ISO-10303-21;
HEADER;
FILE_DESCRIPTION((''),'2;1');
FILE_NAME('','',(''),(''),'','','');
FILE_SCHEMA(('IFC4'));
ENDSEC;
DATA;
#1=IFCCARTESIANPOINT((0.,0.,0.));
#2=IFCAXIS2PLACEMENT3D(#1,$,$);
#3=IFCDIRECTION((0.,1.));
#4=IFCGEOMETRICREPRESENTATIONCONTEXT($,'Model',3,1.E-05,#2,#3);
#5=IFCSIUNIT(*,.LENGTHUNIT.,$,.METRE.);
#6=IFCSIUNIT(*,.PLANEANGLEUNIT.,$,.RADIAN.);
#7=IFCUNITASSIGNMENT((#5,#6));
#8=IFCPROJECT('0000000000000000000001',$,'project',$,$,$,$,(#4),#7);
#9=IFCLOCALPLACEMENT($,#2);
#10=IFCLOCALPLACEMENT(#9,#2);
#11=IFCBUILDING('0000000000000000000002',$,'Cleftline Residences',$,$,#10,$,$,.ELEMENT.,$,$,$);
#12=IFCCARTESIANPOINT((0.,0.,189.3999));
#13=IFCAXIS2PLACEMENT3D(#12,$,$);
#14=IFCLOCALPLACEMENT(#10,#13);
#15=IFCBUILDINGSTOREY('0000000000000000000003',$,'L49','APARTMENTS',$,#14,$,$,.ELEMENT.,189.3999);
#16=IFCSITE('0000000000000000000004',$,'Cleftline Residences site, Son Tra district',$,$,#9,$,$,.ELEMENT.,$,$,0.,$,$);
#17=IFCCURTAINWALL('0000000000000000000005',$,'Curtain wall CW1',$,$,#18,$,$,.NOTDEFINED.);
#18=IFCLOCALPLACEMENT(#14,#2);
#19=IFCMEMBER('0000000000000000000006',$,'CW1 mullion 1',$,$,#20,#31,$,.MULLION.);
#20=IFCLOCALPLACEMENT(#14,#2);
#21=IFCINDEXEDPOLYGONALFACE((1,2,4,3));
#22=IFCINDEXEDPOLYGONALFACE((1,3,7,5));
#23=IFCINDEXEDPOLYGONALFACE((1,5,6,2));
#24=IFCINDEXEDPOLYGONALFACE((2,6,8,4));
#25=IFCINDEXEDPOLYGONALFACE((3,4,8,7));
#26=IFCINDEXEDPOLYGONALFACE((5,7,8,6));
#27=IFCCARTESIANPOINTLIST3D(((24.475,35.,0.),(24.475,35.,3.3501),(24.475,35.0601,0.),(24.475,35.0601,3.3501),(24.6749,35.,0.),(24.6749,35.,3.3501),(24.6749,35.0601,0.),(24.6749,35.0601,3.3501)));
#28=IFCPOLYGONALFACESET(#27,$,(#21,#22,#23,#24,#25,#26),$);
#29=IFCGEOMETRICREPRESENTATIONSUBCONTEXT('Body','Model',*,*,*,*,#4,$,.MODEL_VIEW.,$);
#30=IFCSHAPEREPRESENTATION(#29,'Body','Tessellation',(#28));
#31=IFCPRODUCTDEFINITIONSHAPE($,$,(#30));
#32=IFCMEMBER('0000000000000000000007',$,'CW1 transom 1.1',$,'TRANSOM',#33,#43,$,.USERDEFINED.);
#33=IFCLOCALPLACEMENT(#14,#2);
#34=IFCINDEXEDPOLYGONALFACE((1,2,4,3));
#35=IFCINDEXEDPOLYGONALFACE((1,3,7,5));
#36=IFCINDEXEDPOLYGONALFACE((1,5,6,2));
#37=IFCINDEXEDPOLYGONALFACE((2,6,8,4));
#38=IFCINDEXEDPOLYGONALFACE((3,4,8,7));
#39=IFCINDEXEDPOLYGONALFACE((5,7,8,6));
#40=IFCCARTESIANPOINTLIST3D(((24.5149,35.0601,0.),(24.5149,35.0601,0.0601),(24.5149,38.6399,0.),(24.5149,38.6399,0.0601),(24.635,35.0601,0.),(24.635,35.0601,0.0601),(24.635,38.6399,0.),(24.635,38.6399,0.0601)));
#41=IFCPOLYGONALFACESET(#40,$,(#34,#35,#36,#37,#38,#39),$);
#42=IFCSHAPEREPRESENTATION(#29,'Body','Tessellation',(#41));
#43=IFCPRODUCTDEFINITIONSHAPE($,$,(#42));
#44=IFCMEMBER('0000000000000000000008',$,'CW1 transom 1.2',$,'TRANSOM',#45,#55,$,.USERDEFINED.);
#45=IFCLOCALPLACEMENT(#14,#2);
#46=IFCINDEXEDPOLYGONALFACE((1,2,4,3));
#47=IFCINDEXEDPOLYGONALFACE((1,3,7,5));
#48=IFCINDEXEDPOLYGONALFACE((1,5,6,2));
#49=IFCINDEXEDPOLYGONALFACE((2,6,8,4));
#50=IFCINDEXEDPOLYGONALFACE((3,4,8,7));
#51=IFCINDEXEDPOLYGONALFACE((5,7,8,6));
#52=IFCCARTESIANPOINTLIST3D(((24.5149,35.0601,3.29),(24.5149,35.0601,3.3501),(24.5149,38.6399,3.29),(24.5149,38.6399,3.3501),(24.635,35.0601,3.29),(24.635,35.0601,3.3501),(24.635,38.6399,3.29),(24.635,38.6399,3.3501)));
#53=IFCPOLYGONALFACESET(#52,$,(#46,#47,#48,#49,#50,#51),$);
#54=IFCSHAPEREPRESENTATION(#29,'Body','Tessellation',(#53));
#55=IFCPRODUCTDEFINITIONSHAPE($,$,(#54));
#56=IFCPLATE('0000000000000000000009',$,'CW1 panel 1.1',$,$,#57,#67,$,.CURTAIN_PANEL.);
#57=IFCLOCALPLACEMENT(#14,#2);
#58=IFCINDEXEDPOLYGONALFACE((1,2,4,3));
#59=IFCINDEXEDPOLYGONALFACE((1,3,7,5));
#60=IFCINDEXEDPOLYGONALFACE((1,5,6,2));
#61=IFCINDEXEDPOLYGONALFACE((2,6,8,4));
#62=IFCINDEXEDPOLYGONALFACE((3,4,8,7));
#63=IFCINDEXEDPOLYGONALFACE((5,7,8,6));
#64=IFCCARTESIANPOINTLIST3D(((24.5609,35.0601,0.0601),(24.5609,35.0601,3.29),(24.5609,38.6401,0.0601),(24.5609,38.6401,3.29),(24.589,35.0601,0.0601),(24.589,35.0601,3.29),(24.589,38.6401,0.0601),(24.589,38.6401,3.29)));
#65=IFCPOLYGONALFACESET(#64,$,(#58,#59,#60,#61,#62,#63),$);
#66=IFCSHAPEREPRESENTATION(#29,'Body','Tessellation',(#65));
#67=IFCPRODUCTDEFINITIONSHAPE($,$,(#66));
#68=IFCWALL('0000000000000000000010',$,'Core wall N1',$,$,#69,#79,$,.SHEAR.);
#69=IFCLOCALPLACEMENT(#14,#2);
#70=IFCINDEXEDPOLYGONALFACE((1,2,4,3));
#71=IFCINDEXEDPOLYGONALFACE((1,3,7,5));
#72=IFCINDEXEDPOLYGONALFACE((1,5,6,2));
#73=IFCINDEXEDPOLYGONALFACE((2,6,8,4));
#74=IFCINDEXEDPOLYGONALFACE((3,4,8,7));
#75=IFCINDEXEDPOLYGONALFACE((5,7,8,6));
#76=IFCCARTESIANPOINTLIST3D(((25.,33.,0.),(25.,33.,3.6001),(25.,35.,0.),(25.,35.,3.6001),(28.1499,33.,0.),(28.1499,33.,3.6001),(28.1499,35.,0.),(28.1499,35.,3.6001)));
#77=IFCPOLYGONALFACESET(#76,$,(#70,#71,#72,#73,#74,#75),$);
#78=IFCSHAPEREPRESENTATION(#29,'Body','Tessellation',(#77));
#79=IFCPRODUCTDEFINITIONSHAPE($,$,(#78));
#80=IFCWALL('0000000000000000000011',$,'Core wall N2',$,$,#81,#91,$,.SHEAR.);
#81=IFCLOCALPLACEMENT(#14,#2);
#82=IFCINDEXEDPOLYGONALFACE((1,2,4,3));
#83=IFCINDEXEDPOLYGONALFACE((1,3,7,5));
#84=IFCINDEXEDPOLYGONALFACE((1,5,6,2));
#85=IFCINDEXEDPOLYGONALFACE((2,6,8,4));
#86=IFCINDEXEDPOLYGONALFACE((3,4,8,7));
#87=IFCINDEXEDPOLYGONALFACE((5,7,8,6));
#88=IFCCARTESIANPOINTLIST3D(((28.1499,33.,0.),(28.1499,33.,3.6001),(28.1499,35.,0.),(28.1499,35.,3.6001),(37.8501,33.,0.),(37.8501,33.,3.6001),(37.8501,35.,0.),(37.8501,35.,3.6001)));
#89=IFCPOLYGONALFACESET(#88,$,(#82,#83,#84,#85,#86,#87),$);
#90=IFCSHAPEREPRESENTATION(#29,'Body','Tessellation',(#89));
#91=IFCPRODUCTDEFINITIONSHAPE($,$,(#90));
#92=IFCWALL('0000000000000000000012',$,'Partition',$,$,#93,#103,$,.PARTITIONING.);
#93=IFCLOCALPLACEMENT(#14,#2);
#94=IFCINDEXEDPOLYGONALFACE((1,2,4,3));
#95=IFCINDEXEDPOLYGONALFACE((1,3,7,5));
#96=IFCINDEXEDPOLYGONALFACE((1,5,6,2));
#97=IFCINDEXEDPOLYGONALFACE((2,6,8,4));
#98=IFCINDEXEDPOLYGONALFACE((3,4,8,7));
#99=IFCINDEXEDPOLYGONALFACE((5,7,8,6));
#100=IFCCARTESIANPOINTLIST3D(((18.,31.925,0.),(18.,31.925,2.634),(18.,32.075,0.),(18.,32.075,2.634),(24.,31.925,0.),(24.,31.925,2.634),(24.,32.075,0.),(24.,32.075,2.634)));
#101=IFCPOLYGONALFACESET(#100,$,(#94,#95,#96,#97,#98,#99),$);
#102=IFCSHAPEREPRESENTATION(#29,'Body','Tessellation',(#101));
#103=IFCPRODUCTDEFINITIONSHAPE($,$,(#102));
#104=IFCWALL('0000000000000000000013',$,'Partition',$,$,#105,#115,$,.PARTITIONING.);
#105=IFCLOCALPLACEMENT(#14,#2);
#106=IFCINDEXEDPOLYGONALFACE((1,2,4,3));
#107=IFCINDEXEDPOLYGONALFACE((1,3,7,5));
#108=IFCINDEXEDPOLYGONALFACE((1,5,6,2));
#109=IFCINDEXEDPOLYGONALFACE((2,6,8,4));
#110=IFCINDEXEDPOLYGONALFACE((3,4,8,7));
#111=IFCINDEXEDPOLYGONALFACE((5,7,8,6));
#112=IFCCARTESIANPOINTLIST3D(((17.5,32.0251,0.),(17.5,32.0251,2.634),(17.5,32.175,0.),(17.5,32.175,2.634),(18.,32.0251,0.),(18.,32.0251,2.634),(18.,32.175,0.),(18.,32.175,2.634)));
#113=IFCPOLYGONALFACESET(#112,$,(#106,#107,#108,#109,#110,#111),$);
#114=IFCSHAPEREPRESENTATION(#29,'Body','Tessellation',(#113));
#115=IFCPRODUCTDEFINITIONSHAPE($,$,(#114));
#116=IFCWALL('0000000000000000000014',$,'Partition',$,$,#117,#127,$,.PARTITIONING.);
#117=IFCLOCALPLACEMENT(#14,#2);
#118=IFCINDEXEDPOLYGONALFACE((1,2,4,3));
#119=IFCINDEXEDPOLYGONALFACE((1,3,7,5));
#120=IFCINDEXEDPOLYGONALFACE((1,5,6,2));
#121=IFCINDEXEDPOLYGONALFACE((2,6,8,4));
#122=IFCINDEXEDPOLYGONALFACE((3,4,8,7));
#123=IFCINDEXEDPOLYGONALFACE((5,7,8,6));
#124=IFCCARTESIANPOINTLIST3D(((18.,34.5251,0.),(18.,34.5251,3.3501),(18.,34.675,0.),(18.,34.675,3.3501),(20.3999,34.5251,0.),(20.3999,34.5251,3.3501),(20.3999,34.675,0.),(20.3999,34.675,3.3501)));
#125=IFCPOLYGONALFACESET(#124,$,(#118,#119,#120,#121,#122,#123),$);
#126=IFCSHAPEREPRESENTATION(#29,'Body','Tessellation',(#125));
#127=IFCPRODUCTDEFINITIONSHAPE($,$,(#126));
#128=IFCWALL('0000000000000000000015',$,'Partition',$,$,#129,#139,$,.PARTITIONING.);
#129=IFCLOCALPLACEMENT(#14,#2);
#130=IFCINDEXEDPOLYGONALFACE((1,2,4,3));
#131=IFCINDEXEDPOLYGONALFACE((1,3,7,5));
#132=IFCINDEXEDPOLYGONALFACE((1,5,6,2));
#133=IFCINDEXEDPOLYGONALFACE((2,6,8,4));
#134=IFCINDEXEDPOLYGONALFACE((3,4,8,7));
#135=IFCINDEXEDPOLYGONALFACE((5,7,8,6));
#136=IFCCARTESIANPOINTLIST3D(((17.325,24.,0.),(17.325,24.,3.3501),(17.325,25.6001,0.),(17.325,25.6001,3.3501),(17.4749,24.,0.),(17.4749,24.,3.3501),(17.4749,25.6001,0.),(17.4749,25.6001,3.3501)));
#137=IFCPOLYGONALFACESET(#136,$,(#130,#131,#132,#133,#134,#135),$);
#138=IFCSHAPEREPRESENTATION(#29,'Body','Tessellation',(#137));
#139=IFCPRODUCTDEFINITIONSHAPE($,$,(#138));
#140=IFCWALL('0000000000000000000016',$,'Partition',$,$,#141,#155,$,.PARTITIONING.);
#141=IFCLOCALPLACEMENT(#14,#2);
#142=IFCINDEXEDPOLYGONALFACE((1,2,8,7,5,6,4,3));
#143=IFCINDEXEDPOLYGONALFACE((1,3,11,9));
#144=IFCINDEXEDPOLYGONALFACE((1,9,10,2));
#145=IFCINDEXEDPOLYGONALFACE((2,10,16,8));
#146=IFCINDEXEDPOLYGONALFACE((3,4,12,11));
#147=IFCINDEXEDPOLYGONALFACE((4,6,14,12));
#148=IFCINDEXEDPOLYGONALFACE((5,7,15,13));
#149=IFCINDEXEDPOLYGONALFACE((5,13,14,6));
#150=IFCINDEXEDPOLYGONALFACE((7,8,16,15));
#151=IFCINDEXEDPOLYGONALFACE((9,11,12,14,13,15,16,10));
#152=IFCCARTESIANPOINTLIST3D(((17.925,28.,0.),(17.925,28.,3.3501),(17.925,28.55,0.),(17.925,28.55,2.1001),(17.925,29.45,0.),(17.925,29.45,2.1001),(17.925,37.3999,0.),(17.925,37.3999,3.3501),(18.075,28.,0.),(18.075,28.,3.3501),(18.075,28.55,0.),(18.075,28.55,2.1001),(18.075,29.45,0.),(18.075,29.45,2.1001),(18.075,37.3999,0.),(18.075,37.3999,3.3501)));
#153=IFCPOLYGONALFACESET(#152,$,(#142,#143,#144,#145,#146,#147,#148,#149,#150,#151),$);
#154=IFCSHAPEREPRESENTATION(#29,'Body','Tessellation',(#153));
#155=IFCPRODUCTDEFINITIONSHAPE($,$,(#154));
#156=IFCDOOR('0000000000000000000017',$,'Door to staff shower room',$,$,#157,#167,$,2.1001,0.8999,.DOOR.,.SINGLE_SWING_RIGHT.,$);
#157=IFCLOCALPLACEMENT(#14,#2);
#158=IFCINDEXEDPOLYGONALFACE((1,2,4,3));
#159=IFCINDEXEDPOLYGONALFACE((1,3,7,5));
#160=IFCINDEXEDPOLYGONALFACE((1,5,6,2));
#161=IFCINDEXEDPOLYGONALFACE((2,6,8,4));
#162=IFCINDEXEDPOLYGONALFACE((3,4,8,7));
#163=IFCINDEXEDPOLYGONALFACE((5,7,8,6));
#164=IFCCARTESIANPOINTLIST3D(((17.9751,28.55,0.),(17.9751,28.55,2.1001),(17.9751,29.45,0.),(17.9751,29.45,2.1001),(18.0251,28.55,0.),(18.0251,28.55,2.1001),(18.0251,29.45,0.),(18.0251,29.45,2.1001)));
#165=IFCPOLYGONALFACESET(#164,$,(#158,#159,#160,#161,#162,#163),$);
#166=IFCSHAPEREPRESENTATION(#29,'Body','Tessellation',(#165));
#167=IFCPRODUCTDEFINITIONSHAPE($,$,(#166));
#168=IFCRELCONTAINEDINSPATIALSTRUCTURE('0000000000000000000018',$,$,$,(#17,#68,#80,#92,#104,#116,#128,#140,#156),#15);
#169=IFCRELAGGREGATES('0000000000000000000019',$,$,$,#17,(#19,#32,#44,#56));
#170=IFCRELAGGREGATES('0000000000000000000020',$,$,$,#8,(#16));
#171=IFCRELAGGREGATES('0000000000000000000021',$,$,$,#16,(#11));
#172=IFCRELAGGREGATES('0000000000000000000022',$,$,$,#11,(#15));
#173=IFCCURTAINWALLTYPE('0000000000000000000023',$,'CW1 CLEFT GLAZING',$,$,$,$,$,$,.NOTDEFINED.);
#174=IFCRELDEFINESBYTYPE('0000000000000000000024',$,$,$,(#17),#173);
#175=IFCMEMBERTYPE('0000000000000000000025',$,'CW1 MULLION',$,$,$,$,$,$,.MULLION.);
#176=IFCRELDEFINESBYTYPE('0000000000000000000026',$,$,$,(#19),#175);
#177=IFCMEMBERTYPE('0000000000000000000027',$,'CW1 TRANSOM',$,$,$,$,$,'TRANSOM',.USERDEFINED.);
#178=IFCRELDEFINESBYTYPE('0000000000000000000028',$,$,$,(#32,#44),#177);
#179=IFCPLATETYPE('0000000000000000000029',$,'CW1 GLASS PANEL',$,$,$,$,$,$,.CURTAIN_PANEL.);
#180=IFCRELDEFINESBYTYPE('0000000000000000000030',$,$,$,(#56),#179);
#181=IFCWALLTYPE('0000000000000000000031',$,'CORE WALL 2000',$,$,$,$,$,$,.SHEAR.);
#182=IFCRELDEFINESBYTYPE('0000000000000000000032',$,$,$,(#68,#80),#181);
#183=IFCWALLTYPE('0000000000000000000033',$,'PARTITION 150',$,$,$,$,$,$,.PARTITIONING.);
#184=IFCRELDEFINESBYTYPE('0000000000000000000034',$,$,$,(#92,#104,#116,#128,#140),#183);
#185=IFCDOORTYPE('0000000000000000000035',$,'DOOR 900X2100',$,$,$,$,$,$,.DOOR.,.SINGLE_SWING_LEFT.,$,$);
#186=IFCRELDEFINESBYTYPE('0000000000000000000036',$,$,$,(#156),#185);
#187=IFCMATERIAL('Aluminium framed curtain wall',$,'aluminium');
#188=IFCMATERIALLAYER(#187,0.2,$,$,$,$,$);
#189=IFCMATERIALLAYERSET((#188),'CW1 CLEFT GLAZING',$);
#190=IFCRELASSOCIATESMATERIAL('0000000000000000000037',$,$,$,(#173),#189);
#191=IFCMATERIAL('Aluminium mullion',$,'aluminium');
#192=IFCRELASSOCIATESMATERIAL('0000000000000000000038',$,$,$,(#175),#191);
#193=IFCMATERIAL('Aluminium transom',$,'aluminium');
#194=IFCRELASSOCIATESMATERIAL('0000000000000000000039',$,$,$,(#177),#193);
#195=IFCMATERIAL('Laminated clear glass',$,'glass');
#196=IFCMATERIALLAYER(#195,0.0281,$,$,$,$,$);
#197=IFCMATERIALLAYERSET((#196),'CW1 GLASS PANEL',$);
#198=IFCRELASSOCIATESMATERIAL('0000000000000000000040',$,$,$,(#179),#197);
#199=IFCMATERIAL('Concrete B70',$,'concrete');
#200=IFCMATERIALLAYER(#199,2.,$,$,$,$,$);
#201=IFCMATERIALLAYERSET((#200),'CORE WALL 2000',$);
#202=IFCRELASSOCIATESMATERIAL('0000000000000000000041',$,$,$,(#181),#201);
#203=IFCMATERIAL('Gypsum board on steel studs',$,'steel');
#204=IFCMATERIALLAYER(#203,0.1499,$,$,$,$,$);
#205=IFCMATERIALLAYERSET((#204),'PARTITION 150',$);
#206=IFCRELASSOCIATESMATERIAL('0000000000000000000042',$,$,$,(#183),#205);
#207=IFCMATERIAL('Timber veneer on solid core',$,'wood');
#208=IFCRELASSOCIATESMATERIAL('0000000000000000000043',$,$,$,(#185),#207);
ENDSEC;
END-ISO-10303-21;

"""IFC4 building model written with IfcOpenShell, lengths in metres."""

from ifc_helpers import new_model, si_unit, direction, frame, frame_2d, origin, origin_2d, place, context, subcontext, project, spatial, rectangle, extrude, material, layer, layer_set, material_profile, profile_set, type_object, element, fill, aggregate, save


model = new_model("IFC4")

# Units and contexts
model_context = context("Model", 3, precision=1e-05, world=origin(), true_north=direction((0.0, 1.0)))
body_context = subcontext(model_context, "Body", "Model", "MODEL_VIEW")
ifc_project = project(units=[si_unit("LENGTHUNIT", "METRE"), si_unit("PLANEANGLEUNIT", "RADIAN")], contexts=[model_context])

# Site, building, storey
site_placement = place(None, origin())
site = spatial("IfcSite", under=ifc_project, at=site_placement, Name="Cleftline Residences site, Son Tra district", CompositionType="ELEMENT", RefElevation=0.0)
building_placement = place(site_placement, origin())
building = spatial("IfcBuilding", under=site, at=building_placement, Name="Cleftline Residences", CompositionType="ELEMENT")
storey_placement = place(building_placement, frame((0.0, 0.0, 189.3999)))
storey = spatial("IfcBuildingStorey", under=building, at=storey_placement, Name="L49", Description="APARTMENTS", CompositionType="ELEMENT", Elevation=189.3999)

# Curtain wall, members, plate
ifc_material_1 = material(Name="Aluminium framed curtain wall", Category="aluminium")
ifc_layer_1 = layer(ifc_material_1, 0.2)
ifc_layer_set_1 = layer_set([ifc_layer_1], Name="CW1 CLEFT GLAZING")
curtain_wall_type = type_object("IfcCurtainWallType", Name="CW1 CLEFT GLAZING", PredefinedType="NOTDEFINED", material=ifc_layer_set_1)
curtain_wall_placement = place(storey_placement, origin())
curtain_wall = element("IfcCurtainWall", 1, at=curtain_wall_placement, inside=storey, type_object=curtain_wall_type, Name="Curtain wall CW1", PredefinedType="NOTDEFINED")
ifc_material_2 = material(Name="Aluminium mullion", Category="aluminium")
ifc_material_profile_1 = material_profile(ifc_material_2, rectangle(XDim=0.2, YDim=0.0601, at=origin_2d()))
ifc_profile_set_1 = profile_set([ifc_material_profile_1], Name="Aluminium mullion")
member_type_1 = type_object("IfcMemberType", Name="CW1 MULLION", PredefinedType="MULLION", material=ifc_profile_set_1)
member_1_placement = place(storey_placement, frame((24.575, 35.03, 0.0), z_axis=(0.0, 0.0, 1.0), x_axis=(-1.0, 0.0, 0.0)))
member_1 = element("IfcMember", 2, at=member_1_placement, type_object=member_type_1, Name="CW1 mullion 1", PredefinedType="MULLION", context=body_context, shape_type="SweptSolid", body=[
    extrude(rectangle(XDim=0.2, YDim=0.0601, at=origin_2d()), origin(), (0.0, 0.0, 1.0), 3.3501),
])
ifc_material_3 = material(Name="Aluminium transom", Category="aluminium")
ifc_material_profile_2 = material_profile(ifc_material_3, rectangle(XDim=0.1201, YDim=0.0601, at=origin_2d()))
ifc_profile_set_2 = profile_set([ifc_material_profile_2], Name="Aluminium transom")
member_type_2 = type_object("IfcMemberType", Name="CW1 TRANSOM", ElementType="TRANSOM", PredefinedType="USERDEFINED", material=ifc_profile_set_2)
member_2_placement = place(storey_placement, frame((24.575, 35.0601, 0.03), z_axis=(0.0, 1.0, 0.0), x_axis=(-1.0, 0.0, 0.0)))
member_2 = element("IfcMember", 3, at=member_2_placement, type_object=member_type_2, Name="CW1 transom 1.1", ObjectType="TRANSOM", PredefinedType="USERDEFINED", context=body_context, shape_type="SweptSolid", body=[
    extrude(rectangle(XDim=0.1201, YDim=0.0601, at=origin_2d()), origin(), (0.0, 0.0, 1.0), 3.5798),
])
member_3_placement = place(storey_placement, frame((24.575, 35.0601, 3.3201), z_axis=(0.0, 1.0, 0.0), x_axis=(-1.0, 0.0, 0.0)))
member_3 = element("IfcMember", 4, at=member_3_placement, type_object=member_type_2, Name="CW1 transom 1.2", ObjectType="TRANSOM", PredefinedType="USERDEFINED", context=body_context, shape_type="SweptSolid", body=[
    extrude(rectangle(XDim=0.1201, YDim=0.0601, at=origin_2d()), origin(), (0.0, 0.0, 1.0), 3.5798),
])
ifc_material_4 = material(Name="Laminated clear glass", Category="glass")
ifc_layer_2 = layer(ifc_material_4, 0.0281)
ifc_layer_set_2 = layer_set([ifc_layer_2], Name="CW1 GLASS PANEL")
plate_type = type_object("IfcPlateType", Name="CW1 GLASS PANEL", PredefinedType="CURTAIN_PANEL", material=ifc_layer_set_2)
plate_placement = place(storey_placement, frame((24.575, 36.8501, 0.0601), z_axis=(0.0, 0.0, 1.0), x_axis=(0.0, 1.0, 0.0)))
plate = element("IfcPlate", 5, at=plate_placement, type_object=plate_type, Name="CW1 panel 1.1", PredefinedType="CURTAIN_PANEL", context=body_context, shape_type="SweptSolid", body=[
    extrude(rectangle(XDim=3.5801, YDim=0.0281, at=origin_2d()), origin(), (0.0, 0.0, 1.0), 3.23),
])
aggregate(curtain_wall, [member_1, member_2, member_3, plate])

# Walls
ifc_material_5 = material(Name="Concrete B70", Category="concrete")
ifc_layer_3 = layer(ifc_material_5, 2.0)
ifc_layer_set_3 = layer_set([ifc_layer_3], Name="CORE WALL 2000")
wall_type_1 = type_object("IfcWallType", Name="CORE WALL 2000", PredefinedType="SHEAR", material=ifc_layer_set_3)
wall_1_placement = place(storey_placement, frame((25.0, 34.0, 0.0), z_axis=(0.0, 0.0, 1.0), x_axis=(1.0, 0.0, 0.0)))
element("IfcWall", 6, at=wall_1_placement, inside=storey, type_object=wall_type_1, Name="Core wall N1", PredefinedType="SHEAR", context=body_context, shape_type="SweptSolid", body=[
    extrude(rectangle(XDim=3.1499, YDim=2.0, at=frame_2d((1.575, 0.0))), origin(), (0.0, 0.0, 1.0), 3.6001),
])
wall_2_placement = place(storey_placement, frame((28.1499, 34.0, 0.0), z_axis=(0.0, 0.0, 1.0), x_axis=(1.0, 0.0, 0.0)))
element("IfcWall", 7, at=wall_2_placement, inside=storey, type_object=wall_type_1, Name="Core wall N2", PredefinedType="SHEAR", context=body_context, shape_type="SweptSolid", body=[
    extrude(rectangle(XDim=9.7002, YDim=2.0, at=frame_2d((4.8501, 0.0))), origin(), (0.0, 0.0, 1.0), 3.6001),
])
ifc_material_6 = material(Name="Gypsum board on steel studs", Category="steel")
ifc_layer_4 = layer(ifc_material_6, 0.1499)
ifc_layer_set_4 = layer_set([ifc_layer_4], Name="PARTITION 150")
wall_type_2 = type_object("IfcWallType", Name="PARTITION 150", PredefinedType="PARTITIONING", material=ifc_layer_set_4)
wall_3_placement = place(storey_placement, frame((18.0, 32.0, 0.0), z_axis=(0.0, 0.0, 1.0), x_axis=(1.0, 0.0, 0.0)))
element("IfcWall", 8, at=wall_3_placement, inside=storey, type_object=wall_type_2, Name="Partition", PredefinedType="PARTITIONING", context=body_context, shape_type="SweptSolid", body=[
    extrude(rectangle(XDim=6.0, YDim=0.1499, at=frame_2d((3.0, 0.0))), origin(), (0.0, 0.0, 1.0), 2.634),
])
wall_4_placement = place(storey_placement, frame((17.5, 32.1001, 0.0), z_axis=(0.0, 0.0, 1.0), x_axis=(1.0, 0.0, 0.0)))
element("IfcWall", 9, at=wall_4_placement, inside=storey, type_object=wall_type_2, Name="Partition", PredefinedType="PARTITIONING", context=body_context, shape_type="SweptSolid", body=[
    extrude(rectangle(XDim=0.5, YDim=0.1499, at=frame_2d((0.25, 0.0))), origin(), (0.0, 0.0, 1.0), 2.634),
])
wall_5_placement = place(storey_placement, frame((18.0, 34.6001, 0.0), z_axis=(0.0, 0.0, 1.0), x_axis=(1.0, 0.0, 0.0)))
element("IfcWall", 10, at=wall_5_placement, inside=storey, type_object=wall_type_2, Name="Partition", PredefinedType="PARTITIONING", context=body_context, shape_type="SweptSolid", body=[
    extrude(rectangle(XDim=2.3999, YDim=0.1499, at=frame_2d((1.2, 0.0))), origin(), (0.0, 0.0, 1.0), 3.3501),
])
wall_6_placement = place(storey_placement, frame((17.3999, 24.0, 0.0), z_axis=(0.0, 0.0, 1.0), x_axis=(0.0, 1.0, 0.0)))
element("IfcWall", 11, at=wall_6_placement, inside=storey, type_object=wall_type_2, Name="Partition", PredefinedType="PARTITIONING", context=body_context, shape_type="SweptSolid", body=[
    extrude(rectangle(XDim=1.6001, YDim=0.1499, at=frame_2d((0.8, 0.0))), origin(), (0.0, 0.0, 1.0), 3.3501),
])

# Wall, opening, door
wall_7_placement = place(storey_placement, frame((18.0, 28.0, 0.0), z_axis=(0.0, 0.0, 1.0), x_axis=(0.0, 1.0, 0.0)))
wall_7 = element("IfcWall", 12, at=wall_7_placement, inside=storey, type_object=wall_type_2, Name="Partition", PredefinedType="PARTITIONING", context=body_context, shape_type="SweptSolid", body=[
    extrude(rectangle(XDim=9.3999, YDim=0.1499, at=frame_2d((4.7, 0.0))), origin(), (0.0, 0.0, 1.0), 3.3501),
])
opening_1_placement = place(wall_7_placement, frame((0.55, 0.0, 0.0)))
opening_1 = element("IfcOpeningElement", 13, at=opening_1_placement, cuts=wall_7, PredefinedType="OPENING", context=body_context, shape_type="SweptSolid", body=[
    extrude(rectangle(XDim=0.8999, YDim=2.1001, at=frame_2d((0.45, 1.05))), frame((0.0, 0.085, 0.0), z_axis=(0.0, -1.0, 0.0), x_axis=(1.0, 0.0, 0.0)), (0.0, 0.0, 1.0), 0.1699),
])
ifc_material_7 = material(Name="Timber veneer on solid core", Category="wood")
door_type_1 = type_object("IfcDoorType", Name="DOOR 900X2100", OperationType="SINGLE_SWING_LEFT", PredefinedType="DOOR", material=ifc_material_7)
door_1_placement = place(opening_1_placement, origin())
door_1 = element("IfcDoor", 14, at=door_1_placement, inside=storey, type_object=door_type_1, Name="Door to staff shower room", OperationType="SINGLE_SWING_RIGHT", OverallHeight=2.1001, OverallWidth=0.8999, PredefinedType="DOOR", context=body_context, shape_type="SweptSolid", body=[
    extrude(rectangle(XDim=0.8999, YDim=2.1001, at=frame_2d((0.45, 1.05))), frame((0.0, 0.0249, 0.0), z_axis=(0.0, -1.0, 0.0), x_axis=(1.0, 0.0, 0.0)), (0.0, 0.0, 1.0), 0.05),
])
fill(opening_1, door_1)

save(model, "model.ifc")
